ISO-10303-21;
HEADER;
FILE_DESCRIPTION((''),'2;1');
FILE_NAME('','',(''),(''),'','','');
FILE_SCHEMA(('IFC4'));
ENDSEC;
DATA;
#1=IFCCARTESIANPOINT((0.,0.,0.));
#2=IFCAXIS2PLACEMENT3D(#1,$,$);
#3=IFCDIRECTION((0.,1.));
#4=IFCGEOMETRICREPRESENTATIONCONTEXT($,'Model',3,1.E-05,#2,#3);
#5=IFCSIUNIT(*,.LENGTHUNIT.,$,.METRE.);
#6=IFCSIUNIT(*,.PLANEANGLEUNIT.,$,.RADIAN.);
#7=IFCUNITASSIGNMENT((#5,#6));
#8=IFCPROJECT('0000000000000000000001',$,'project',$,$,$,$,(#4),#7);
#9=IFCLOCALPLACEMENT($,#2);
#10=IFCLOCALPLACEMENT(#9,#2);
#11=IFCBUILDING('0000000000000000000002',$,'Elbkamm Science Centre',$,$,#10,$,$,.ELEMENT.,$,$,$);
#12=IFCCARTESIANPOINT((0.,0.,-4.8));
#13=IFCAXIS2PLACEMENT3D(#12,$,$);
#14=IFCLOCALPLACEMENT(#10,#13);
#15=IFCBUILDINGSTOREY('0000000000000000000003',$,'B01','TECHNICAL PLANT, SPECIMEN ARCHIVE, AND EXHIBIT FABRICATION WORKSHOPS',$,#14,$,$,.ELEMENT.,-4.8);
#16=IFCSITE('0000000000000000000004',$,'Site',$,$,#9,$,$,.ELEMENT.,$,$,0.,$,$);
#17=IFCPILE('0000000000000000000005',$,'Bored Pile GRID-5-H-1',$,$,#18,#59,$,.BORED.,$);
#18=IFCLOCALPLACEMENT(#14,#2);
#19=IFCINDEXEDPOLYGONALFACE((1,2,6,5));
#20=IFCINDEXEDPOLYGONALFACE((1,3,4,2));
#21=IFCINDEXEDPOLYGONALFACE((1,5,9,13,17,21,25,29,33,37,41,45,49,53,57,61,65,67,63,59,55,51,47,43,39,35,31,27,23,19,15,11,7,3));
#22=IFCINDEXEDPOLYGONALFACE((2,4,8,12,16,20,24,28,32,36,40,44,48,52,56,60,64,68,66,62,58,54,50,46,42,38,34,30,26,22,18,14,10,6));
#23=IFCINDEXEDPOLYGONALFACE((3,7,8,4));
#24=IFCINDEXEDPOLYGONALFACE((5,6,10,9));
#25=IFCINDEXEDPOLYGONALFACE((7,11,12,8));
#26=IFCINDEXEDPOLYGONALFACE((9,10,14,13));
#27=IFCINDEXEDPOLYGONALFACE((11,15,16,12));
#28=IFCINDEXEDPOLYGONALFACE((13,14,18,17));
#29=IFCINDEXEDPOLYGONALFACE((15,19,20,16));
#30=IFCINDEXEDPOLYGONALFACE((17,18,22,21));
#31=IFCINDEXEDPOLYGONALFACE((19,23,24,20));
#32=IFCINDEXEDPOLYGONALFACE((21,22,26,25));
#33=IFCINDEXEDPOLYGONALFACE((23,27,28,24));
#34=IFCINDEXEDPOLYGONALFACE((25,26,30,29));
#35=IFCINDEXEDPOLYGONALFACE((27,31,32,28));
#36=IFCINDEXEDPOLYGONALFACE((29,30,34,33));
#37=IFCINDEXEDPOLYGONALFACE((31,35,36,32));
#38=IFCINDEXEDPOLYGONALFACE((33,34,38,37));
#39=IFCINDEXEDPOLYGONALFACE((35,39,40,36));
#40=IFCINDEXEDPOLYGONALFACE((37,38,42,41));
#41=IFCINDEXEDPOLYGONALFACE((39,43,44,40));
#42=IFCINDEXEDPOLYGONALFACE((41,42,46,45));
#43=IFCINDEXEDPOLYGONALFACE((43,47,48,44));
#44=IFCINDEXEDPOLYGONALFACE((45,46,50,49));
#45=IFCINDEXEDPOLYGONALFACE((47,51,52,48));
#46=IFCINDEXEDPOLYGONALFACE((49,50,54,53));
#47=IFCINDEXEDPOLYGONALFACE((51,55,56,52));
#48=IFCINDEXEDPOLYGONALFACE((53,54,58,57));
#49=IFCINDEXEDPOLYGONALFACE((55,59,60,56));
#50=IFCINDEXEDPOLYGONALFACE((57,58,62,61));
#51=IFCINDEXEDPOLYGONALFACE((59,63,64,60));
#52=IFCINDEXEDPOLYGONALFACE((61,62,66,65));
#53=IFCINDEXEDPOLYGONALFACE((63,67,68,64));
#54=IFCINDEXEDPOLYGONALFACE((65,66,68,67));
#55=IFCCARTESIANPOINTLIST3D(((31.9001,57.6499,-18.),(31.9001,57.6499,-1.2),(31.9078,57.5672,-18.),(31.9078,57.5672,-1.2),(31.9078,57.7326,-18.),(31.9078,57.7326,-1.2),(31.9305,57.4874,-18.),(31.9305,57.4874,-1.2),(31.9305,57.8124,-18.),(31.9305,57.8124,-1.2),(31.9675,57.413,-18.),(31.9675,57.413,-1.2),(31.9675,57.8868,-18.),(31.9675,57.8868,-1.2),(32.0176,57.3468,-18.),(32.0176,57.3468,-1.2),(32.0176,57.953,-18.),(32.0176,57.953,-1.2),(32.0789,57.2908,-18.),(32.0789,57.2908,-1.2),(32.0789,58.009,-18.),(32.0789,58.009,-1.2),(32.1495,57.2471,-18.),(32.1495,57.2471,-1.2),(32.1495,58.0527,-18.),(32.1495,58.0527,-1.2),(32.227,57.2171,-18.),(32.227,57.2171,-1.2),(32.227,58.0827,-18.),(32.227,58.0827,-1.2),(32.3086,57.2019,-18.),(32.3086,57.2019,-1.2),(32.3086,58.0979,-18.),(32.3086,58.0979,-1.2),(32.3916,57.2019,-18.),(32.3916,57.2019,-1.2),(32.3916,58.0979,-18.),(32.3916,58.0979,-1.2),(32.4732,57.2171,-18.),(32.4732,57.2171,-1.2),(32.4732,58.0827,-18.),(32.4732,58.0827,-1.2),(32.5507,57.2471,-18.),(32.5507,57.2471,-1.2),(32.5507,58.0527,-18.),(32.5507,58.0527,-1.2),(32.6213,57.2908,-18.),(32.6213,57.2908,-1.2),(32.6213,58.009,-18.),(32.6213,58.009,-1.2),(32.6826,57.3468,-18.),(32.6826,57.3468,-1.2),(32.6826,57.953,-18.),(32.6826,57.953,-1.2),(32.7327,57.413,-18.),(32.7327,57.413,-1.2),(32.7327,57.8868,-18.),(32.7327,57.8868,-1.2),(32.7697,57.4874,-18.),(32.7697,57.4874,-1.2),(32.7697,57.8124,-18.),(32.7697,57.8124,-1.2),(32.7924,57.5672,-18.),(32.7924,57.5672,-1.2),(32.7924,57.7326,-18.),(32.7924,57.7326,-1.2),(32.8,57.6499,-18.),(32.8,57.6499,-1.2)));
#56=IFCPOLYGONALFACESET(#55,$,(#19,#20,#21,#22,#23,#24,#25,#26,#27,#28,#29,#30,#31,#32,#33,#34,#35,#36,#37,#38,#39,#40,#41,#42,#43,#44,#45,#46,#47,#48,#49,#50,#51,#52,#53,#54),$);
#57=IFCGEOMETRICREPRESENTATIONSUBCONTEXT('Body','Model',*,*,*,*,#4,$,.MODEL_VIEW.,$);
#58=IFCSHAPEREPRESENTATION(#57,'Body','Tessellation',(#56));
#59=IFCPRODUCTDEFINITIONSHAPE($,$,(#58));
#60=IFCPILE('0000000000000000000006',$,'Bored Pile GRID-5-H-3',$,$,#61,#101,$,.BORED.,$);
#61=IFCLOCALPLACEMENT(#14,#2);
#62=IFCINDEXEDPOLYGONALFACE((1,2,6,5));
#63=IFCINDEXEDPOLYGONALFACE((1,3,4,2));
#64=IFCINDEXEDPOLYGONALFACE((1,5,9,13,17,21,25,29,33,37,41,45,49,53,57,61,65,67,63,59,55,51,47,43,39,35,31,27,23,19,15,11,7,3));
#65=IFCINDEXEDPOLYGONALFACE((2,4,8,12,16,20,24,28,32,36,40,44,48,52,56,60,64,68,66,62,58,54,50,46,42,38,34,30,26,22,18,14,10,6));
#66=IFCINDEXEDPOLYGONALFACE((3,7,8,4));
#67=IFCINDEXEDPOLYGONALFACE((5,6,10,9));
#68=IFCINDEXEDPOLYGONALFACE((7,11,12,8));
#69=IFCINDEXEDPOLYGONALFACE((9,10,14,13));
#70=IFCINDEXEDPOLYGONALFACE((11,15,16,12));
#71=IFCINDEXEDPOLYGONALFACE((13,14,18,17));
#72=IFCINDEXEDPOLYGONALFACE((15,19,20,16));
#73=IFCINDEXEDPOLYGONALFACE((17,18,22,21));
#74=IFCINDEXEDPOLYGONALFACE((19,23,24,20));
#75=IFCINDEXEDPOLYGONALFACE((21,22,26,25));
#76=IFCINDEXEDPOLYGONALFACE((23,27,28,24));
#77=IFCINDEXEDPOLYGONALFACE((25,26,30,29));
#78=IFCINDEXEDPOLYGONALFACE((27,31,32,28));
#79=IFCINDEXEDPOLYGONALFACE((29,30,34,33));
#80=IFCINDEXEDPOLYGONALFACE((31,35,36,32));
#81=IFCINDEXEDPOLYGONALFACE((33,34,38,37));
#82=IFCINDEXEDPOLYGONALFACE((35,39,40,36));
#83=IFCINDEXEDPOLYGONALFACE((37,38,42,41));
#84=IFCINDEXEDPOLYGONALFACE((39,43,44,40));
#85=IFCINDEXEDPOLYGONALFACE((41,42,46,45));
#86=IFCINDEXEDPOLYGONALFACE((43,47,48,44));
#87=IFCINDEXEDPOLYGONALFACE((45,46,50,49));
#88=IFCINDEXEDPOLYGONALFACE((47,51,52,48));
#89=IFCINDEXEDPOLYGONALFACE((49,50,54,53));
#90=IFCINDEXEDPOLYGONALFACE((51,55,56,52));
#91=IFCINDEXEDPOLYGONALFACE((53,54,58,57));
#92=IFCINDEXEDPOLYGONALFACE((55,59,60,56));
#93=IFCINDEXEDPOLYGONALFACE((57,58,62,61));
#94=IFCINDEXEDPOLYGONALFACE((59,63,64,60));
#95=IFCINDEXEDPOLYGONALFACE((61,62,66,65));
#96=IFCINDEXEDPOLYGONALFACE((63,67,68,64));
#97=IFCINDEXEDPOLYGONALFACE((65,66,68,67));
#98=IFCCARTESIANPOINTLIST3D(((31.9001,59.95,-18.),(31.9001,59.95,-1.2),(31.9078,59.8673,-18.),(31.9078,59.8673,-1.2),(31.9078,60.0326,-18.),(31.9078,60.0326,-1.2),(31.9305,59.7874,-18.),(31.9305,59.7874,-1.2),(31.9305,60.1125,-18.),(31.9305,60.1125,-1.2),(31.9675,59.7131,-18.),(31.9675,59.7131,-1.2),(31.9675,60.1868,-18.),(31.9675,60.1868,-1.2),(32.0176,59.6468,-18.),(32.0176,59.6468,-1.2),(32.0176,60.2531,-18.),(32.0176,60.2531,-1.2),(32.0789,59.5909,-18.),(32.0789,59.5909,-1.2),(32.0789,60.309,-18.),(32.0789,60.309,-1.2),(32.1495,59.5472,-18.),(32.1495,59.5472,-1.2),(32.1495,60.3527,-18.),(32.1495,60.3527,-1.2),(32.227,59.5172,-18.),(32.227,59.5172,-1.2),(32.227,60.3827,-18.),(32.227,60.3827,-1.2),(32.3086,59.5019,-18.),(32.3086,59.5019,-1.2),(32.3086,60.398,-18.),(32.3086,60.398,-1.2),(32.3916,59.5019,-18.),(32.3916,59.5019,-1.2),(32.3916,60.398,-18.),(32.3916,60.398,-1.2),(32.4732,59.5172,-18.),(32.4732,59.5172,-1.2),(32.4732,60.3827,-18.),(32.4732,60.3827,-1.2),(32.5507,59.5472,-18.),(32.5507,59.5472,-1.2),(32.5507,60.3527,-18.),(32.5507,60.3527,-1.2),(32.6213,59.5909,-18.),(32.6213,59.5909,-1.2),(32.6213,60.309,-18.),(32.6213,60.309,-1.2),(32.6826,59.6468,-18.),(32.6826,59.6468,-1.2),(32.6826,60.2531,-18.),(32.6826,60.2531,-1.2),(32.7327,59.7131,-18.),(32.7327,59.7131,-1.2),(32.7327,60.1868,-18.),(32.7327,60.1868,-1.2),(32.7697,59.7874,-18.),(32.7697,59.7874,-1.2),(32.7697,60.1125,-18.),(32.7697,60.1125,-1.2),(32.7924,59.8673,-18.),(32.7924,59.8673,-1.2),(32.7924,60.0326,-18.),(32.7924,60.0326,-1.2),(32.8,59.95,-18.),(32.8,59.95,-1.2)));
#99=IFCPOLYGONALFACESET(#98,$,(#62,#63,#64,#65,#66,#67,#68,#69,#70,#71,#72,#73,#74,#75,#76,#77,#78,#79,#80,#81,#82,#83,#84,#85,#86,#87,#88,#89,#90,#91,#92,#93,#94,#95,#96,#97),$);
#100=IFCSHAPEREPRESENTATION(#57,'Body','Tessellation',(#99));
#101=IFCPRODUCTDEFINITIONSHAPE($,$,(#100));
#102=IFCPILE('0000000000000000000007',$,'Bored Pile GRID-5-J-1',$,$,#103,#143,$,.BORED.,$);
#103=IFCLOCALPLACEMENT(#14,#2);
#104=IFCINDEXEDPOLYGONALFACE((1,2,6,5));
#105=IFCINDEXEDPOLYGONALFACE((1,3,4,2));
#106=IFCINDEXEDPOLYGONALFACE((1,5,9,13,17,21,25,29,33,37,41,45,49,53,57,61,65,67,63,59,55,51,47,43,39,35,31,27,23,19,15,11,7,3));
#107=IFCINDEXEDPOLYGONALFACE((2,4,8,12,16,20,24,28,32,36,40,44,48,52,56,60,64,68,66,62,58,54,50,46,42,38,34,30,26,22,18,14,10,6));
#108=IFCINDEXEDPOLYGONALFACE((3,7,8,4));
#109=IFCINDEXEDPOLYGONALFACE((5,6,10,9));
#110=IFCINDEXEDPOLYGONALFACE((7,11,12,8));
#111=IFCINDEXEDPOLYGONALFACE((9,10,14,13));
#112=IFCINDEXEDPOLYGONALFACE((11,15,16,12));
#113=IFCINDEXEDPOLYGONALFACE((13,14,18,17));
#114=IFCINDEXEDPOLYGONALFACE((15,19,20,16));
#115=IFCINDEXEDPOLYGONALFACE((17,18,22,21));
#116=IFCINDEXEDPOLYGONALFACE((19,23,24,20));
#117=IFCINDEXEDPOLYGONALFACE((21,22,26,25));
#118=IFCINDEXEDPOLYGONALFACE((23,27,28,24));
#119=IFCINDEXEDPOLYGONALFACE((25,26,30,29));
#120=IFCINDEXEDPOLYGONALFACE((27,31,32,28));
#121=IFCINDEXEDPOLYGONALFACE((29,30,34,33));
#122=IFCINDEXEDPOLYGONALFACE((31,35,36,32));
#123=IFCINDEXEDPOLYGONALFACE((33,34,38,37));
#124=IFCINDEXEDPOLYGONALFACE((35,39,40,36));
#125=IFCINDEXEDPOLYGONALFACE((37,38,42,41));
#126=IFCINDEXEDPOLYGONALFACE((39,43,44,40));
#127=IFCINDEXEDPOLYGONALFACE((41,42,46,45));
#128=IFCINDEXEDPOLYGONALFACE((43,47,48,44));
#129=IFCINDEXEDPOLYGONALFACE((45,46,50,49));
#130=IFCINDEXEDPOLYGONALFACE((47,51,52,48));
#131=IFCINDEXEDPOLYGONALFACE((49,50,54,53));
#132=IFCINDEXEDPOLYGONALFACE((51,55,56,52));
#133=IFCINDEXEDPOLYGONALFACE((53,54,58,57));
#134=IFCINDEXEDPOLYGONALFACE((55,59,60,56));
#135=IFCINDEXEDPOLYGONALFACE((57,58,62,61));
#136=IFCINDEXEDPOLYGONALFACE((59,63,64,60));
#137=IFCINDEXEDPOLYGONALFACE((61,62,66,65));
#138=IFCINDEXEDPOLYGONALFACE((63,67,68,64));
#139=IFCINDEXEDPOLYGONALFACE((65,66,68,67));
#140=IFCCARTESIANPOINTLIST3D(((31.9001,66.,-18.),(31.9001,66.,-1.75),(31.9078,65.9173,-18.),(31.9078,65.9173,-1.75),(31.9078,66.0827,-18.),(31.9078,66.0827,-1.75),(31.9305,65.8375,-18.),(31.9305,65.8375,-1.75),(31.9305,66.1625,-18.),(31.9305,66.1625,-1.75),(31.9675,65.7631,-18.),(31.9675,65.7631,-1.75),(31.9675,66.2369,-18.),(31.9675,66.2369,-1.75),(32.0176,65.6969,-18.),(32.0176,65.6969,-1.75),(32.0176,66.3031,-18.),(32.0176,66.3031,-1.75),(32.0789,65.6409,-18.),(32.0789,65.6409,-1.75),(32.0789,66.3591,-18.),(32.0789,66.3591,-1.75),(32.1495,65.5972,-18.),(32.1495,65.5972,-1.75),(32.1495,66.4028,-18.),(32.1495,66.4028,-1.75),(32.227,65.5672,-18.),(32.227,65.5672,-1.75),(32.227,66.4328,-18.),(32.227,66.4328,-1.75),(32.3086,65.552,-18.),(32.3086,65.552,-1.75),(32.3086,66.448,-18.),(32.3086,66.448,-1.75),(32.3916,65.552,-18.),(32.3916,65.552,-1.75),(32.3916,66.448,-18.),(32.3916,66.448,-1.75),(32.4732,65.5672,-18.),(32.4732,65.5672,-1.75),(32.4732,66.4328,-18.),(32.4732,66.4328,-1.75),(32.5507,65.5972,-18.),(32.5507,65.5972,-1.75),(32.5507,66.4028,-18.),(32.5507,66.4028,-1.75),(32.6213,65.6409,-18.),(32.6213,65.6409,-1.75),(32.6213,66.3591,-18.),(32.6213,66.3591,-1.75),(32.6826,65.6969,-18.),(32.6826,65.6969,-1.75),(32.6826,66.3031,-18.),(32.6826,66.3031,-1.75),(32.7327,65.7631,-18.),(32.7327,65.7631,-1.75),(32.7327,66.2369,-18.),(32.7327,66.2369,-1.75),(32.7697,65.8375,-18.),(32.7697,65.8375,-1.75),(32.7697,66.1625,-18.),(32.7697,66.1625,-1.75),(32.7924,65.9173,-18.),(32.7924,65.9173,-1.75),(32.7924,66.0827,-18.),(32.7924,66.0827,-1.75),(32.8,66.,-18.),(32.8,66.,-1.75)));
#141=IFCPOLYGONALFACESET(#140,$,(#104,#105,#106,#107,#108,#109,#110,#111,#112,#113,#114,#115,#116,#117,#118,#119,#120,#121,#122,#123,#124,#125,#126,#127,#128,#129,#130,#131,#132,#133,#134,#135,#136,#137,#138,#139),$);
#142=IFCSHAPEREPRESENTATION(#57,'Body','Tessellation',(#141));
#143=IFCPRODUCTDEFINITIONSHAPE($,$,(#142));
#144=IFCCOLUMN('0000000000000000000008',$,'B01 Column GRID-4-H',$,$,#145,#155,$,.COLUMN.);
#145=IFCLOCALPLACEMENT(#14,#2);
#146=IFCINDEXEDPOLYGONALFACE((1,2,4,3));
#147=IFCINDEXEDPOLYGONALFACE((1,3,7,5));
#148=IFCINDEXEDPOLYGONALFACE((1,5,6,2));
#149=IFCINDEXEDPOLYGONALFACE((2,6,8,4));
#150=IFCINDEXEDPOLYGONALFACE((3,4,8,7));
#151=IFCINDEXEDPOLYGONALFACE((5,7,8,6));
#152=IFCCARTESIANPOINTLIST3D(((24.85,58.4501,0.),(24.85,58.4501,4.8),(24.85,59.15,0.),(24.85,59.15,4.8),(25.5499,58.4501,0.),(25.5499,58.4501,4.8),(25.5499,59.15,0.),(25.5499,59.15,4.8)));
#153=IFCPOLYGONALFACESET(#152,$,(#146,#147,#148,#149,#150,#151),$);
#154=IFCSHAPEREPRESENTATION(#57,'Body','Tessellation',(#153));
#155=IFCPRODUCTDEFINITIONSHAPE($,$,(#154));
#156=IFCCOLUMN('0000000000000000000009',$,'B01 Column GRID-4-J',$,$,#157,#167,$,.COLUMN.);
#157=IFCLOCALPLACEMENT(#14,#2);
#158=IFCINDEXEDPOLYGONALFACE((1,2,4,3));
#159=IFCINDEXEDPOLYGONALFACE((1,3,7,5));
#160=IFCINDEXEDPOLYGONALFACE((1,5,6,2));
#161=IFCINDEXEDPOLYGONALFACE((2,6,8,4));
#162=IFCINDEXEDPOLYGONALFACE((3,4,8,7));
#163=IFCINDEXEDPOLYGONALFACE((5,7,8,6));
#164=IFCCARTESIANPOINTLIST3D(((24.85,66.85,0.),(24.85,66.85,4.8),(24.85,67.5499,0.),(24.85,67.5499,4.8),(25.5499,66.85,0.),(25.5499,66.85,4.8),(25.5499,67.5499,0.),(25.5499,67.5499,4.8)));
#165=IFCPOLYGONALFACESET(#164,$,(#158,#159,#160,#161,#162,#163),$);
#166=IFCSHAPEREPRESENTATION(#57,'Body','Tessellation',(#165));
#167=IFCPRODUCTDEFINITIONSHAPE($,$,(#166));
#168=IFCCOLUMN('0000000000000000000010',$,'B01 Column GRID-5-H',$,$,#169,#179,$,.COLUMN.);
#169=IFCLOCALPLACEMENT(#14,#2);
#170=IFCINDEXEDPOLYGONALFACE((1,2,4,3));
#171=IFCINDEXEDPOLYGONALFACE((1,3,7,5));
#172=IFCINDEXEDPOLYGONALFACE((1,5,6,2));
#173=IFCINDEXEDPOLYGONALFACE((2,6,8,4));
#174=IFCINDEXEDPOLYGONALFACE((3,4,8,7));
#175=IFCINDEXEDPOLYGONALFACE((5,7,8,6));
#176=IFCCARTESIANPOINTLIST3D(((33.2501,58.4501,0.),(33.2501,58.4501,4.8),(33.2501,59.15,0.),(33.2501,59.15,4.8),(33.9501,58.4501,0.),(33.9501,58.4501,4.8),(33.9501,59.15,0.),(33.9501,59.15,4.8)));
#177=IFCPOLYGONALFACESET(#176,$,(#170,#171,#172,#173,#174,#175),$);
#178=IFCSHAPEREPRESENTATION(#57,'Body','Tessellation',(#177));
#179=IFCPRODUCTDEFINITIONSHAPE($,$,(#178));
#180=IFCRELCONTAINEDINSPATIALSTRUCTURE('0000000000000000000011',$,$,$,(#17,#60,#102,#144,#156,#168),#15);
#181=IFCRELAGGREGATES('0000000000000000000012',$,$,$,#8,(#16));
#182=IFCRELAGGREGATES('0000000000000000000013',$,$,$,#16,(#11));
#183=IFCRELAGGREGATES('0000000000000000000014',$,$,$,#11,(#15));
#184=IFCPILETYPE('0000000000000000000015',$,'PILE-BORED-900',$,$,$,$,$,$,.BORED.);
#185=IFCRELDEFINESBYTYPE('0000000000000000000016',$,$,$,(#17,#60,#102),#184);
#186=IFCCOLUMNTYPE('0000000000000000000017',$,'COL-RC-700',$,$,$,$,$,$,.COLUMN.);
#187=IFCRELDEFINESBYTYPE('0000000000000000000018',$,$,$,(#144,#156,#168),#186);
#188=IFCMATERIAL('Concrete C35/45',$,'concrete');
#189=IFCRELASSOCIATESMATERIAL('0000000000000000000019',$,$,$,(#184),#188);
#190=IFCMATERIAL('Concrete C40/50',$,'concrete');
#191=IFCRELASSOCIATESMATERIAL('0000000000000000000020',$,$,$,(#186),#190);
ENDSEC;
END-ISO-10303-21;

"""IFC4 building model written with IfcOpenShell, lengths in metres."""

from ifc_helpers import new_model, si_unit, direction, frame, origin, origin_2d, place, context, subcontext, project, spatial, rectangle, circle, extrude, material, material_profile, profile_set, type_object, element, save


model = new_model("IFC4")

# Units and contexts
model_context = context("Model", 3, precision=1e-05, world=origin(), true_north=direction((0.0, 1.0)))
body_context = subcontext(model_context, "Body", "Model", "MODEL_VIEW")
ifc_project = project(units=[si_unit("LENGTHUNIT", "METRE"), si_unit("PLANEANGLEUNIT", "RADIAN")], contexts=[model_context])

# Site, building, storey
site_placement = place(None, origin())
site = spatial("IfcSite", under=ifc_project, at=site_placement, Name="Site", CompositionType="ELEMENT", RefElevation=0.0)
building_placement = place(site_placement, origin())
building = spatial("IfcBuilding", under=site, at=building_placement, Name="Elbkamm Science Centre", CompositionType="ELEMENT")
storey_placement = place(building_placement, frame((0.0, 0.0, -4.8)))
storey = spatial("IfcBuildingStorey", under=building, at=storey_placement, Name="B01", Description="TECHNICAL PLANT, SPECIMEN ARCHIVE, AND EXHIBIT FABRICATION WORKSHOPS", CompositionType="ELEMENT", Elevation=-4.8)

# Shared definitions
ifc_material_1 = material(Name="Concrete C35/45", Category="concrete")

# Piles
ifc_material_profile_1 = material_profile(ifc_material_1, circle(Radius=0.45, at=origin_2d()), Name="PILE D900")
ifc_profile_set_1 = profile_set([ifc_material_profile_1], Name="Concrete C35/45")
pile_type_1 = type_object("IfcPileType", Name="PILE-BORED-900", PredefinedType="BORED", material=ifc_profile_set_1)
for number, where, z_axis, x_axis, name in (
    (1, (32.3501, 57.6499, -1.2), (0.0, 0.0, -1.0), (1.0, 0.0, 0.0), "Bored Pile GRID-5-H-1"),
    (2, (32.3501, 59.95, -1.2), (0.0, 0.0, -1.0), (1.0, 0.0, 0.0), "Bored Pile GRID-5-H-3"),
):
    element("IfcPile", number, at=place(storey_placement, frame(where, z_axis=z_axis, x_axis=x_axis)), inside=storey, type_object=pile_type_1, Name=name, PredefinedType="BORED", context=body_context, shape_type="SweptSolid", body=[
        extrude(circle(Radius=0.45, at=origin_2d()), origin(), (0.0, 0.0, 1.0), 16.8),
    ])
pile_1_placement = place(storey_placement, frame((32.3501, 66.0, -1.75), z_axis=(0.0, 0.0, -1.0), x_axis=(1.0, 0.0, 0.0)))
element("IfcPile", 3, at=pile_1_placement, inside=storey, type_object=pile_type_1, Name="Bored Pile GRID-5-J-1", PredefinedType="BORED", context=body_context, shape_type="SweptSolid", body=[
    extrude(circle(Radius=0.45, at=origin_2d()), origin(), (0.0, 0.0, 1.0), 16.25),
])

# Columns
ifc_material_2 = material(Name="Concrete C40/50", Category="concrete")
ifc_material_profile_2 = material_profile(ifc_material_2, rectangle(XDim=0.7, YDim=0.7, at=origin_2d()), Name="RC 700x700")
ifc_profile_set_2 = profile_set([ifc_material_profile_2], Name="Concrete C40/50")
column_type = type_object("IfcColumnType", Name="COL-RC-700", PredefinedType="COLUMN", material=ifc_profile_set_2)
for number, where, z_axis, x_axis, name in (
    (4, (25.2, 58.8, 0.0), (0.0, 0.0, 1.0), (1.0, 0.0, 0.0), "B01 Column GRID-4-H"),
    (5, (25.2, 67.2, 0.0), (0.0, 0.0, 1.0), (1.0, 0.0, 0.0), "B01 Column GRID-4-J"),
    (6, (33.6001, 58.8, 0.0), (0.0, 0.0, 1.0), (1.0, 0.0, 0.0), "B01 Column GRID-5-H"),
):
    element("IfcColumn", number, at=place(storey_placement, frame(where, z_axis=z_axis, x_axis=x_axis)), inside=storey, type_object=column_type, Name=name, PredefinedType="COLUMN", context=body_context, shape_type="SweptSolid", body=[
        extrude(rectangle(XDim=0.7, YDim=0.7, at=origin_2d()), origin(), (0.0, 0.0, 1.0), 4.8),
    ])

save(model, "model.ifc")
